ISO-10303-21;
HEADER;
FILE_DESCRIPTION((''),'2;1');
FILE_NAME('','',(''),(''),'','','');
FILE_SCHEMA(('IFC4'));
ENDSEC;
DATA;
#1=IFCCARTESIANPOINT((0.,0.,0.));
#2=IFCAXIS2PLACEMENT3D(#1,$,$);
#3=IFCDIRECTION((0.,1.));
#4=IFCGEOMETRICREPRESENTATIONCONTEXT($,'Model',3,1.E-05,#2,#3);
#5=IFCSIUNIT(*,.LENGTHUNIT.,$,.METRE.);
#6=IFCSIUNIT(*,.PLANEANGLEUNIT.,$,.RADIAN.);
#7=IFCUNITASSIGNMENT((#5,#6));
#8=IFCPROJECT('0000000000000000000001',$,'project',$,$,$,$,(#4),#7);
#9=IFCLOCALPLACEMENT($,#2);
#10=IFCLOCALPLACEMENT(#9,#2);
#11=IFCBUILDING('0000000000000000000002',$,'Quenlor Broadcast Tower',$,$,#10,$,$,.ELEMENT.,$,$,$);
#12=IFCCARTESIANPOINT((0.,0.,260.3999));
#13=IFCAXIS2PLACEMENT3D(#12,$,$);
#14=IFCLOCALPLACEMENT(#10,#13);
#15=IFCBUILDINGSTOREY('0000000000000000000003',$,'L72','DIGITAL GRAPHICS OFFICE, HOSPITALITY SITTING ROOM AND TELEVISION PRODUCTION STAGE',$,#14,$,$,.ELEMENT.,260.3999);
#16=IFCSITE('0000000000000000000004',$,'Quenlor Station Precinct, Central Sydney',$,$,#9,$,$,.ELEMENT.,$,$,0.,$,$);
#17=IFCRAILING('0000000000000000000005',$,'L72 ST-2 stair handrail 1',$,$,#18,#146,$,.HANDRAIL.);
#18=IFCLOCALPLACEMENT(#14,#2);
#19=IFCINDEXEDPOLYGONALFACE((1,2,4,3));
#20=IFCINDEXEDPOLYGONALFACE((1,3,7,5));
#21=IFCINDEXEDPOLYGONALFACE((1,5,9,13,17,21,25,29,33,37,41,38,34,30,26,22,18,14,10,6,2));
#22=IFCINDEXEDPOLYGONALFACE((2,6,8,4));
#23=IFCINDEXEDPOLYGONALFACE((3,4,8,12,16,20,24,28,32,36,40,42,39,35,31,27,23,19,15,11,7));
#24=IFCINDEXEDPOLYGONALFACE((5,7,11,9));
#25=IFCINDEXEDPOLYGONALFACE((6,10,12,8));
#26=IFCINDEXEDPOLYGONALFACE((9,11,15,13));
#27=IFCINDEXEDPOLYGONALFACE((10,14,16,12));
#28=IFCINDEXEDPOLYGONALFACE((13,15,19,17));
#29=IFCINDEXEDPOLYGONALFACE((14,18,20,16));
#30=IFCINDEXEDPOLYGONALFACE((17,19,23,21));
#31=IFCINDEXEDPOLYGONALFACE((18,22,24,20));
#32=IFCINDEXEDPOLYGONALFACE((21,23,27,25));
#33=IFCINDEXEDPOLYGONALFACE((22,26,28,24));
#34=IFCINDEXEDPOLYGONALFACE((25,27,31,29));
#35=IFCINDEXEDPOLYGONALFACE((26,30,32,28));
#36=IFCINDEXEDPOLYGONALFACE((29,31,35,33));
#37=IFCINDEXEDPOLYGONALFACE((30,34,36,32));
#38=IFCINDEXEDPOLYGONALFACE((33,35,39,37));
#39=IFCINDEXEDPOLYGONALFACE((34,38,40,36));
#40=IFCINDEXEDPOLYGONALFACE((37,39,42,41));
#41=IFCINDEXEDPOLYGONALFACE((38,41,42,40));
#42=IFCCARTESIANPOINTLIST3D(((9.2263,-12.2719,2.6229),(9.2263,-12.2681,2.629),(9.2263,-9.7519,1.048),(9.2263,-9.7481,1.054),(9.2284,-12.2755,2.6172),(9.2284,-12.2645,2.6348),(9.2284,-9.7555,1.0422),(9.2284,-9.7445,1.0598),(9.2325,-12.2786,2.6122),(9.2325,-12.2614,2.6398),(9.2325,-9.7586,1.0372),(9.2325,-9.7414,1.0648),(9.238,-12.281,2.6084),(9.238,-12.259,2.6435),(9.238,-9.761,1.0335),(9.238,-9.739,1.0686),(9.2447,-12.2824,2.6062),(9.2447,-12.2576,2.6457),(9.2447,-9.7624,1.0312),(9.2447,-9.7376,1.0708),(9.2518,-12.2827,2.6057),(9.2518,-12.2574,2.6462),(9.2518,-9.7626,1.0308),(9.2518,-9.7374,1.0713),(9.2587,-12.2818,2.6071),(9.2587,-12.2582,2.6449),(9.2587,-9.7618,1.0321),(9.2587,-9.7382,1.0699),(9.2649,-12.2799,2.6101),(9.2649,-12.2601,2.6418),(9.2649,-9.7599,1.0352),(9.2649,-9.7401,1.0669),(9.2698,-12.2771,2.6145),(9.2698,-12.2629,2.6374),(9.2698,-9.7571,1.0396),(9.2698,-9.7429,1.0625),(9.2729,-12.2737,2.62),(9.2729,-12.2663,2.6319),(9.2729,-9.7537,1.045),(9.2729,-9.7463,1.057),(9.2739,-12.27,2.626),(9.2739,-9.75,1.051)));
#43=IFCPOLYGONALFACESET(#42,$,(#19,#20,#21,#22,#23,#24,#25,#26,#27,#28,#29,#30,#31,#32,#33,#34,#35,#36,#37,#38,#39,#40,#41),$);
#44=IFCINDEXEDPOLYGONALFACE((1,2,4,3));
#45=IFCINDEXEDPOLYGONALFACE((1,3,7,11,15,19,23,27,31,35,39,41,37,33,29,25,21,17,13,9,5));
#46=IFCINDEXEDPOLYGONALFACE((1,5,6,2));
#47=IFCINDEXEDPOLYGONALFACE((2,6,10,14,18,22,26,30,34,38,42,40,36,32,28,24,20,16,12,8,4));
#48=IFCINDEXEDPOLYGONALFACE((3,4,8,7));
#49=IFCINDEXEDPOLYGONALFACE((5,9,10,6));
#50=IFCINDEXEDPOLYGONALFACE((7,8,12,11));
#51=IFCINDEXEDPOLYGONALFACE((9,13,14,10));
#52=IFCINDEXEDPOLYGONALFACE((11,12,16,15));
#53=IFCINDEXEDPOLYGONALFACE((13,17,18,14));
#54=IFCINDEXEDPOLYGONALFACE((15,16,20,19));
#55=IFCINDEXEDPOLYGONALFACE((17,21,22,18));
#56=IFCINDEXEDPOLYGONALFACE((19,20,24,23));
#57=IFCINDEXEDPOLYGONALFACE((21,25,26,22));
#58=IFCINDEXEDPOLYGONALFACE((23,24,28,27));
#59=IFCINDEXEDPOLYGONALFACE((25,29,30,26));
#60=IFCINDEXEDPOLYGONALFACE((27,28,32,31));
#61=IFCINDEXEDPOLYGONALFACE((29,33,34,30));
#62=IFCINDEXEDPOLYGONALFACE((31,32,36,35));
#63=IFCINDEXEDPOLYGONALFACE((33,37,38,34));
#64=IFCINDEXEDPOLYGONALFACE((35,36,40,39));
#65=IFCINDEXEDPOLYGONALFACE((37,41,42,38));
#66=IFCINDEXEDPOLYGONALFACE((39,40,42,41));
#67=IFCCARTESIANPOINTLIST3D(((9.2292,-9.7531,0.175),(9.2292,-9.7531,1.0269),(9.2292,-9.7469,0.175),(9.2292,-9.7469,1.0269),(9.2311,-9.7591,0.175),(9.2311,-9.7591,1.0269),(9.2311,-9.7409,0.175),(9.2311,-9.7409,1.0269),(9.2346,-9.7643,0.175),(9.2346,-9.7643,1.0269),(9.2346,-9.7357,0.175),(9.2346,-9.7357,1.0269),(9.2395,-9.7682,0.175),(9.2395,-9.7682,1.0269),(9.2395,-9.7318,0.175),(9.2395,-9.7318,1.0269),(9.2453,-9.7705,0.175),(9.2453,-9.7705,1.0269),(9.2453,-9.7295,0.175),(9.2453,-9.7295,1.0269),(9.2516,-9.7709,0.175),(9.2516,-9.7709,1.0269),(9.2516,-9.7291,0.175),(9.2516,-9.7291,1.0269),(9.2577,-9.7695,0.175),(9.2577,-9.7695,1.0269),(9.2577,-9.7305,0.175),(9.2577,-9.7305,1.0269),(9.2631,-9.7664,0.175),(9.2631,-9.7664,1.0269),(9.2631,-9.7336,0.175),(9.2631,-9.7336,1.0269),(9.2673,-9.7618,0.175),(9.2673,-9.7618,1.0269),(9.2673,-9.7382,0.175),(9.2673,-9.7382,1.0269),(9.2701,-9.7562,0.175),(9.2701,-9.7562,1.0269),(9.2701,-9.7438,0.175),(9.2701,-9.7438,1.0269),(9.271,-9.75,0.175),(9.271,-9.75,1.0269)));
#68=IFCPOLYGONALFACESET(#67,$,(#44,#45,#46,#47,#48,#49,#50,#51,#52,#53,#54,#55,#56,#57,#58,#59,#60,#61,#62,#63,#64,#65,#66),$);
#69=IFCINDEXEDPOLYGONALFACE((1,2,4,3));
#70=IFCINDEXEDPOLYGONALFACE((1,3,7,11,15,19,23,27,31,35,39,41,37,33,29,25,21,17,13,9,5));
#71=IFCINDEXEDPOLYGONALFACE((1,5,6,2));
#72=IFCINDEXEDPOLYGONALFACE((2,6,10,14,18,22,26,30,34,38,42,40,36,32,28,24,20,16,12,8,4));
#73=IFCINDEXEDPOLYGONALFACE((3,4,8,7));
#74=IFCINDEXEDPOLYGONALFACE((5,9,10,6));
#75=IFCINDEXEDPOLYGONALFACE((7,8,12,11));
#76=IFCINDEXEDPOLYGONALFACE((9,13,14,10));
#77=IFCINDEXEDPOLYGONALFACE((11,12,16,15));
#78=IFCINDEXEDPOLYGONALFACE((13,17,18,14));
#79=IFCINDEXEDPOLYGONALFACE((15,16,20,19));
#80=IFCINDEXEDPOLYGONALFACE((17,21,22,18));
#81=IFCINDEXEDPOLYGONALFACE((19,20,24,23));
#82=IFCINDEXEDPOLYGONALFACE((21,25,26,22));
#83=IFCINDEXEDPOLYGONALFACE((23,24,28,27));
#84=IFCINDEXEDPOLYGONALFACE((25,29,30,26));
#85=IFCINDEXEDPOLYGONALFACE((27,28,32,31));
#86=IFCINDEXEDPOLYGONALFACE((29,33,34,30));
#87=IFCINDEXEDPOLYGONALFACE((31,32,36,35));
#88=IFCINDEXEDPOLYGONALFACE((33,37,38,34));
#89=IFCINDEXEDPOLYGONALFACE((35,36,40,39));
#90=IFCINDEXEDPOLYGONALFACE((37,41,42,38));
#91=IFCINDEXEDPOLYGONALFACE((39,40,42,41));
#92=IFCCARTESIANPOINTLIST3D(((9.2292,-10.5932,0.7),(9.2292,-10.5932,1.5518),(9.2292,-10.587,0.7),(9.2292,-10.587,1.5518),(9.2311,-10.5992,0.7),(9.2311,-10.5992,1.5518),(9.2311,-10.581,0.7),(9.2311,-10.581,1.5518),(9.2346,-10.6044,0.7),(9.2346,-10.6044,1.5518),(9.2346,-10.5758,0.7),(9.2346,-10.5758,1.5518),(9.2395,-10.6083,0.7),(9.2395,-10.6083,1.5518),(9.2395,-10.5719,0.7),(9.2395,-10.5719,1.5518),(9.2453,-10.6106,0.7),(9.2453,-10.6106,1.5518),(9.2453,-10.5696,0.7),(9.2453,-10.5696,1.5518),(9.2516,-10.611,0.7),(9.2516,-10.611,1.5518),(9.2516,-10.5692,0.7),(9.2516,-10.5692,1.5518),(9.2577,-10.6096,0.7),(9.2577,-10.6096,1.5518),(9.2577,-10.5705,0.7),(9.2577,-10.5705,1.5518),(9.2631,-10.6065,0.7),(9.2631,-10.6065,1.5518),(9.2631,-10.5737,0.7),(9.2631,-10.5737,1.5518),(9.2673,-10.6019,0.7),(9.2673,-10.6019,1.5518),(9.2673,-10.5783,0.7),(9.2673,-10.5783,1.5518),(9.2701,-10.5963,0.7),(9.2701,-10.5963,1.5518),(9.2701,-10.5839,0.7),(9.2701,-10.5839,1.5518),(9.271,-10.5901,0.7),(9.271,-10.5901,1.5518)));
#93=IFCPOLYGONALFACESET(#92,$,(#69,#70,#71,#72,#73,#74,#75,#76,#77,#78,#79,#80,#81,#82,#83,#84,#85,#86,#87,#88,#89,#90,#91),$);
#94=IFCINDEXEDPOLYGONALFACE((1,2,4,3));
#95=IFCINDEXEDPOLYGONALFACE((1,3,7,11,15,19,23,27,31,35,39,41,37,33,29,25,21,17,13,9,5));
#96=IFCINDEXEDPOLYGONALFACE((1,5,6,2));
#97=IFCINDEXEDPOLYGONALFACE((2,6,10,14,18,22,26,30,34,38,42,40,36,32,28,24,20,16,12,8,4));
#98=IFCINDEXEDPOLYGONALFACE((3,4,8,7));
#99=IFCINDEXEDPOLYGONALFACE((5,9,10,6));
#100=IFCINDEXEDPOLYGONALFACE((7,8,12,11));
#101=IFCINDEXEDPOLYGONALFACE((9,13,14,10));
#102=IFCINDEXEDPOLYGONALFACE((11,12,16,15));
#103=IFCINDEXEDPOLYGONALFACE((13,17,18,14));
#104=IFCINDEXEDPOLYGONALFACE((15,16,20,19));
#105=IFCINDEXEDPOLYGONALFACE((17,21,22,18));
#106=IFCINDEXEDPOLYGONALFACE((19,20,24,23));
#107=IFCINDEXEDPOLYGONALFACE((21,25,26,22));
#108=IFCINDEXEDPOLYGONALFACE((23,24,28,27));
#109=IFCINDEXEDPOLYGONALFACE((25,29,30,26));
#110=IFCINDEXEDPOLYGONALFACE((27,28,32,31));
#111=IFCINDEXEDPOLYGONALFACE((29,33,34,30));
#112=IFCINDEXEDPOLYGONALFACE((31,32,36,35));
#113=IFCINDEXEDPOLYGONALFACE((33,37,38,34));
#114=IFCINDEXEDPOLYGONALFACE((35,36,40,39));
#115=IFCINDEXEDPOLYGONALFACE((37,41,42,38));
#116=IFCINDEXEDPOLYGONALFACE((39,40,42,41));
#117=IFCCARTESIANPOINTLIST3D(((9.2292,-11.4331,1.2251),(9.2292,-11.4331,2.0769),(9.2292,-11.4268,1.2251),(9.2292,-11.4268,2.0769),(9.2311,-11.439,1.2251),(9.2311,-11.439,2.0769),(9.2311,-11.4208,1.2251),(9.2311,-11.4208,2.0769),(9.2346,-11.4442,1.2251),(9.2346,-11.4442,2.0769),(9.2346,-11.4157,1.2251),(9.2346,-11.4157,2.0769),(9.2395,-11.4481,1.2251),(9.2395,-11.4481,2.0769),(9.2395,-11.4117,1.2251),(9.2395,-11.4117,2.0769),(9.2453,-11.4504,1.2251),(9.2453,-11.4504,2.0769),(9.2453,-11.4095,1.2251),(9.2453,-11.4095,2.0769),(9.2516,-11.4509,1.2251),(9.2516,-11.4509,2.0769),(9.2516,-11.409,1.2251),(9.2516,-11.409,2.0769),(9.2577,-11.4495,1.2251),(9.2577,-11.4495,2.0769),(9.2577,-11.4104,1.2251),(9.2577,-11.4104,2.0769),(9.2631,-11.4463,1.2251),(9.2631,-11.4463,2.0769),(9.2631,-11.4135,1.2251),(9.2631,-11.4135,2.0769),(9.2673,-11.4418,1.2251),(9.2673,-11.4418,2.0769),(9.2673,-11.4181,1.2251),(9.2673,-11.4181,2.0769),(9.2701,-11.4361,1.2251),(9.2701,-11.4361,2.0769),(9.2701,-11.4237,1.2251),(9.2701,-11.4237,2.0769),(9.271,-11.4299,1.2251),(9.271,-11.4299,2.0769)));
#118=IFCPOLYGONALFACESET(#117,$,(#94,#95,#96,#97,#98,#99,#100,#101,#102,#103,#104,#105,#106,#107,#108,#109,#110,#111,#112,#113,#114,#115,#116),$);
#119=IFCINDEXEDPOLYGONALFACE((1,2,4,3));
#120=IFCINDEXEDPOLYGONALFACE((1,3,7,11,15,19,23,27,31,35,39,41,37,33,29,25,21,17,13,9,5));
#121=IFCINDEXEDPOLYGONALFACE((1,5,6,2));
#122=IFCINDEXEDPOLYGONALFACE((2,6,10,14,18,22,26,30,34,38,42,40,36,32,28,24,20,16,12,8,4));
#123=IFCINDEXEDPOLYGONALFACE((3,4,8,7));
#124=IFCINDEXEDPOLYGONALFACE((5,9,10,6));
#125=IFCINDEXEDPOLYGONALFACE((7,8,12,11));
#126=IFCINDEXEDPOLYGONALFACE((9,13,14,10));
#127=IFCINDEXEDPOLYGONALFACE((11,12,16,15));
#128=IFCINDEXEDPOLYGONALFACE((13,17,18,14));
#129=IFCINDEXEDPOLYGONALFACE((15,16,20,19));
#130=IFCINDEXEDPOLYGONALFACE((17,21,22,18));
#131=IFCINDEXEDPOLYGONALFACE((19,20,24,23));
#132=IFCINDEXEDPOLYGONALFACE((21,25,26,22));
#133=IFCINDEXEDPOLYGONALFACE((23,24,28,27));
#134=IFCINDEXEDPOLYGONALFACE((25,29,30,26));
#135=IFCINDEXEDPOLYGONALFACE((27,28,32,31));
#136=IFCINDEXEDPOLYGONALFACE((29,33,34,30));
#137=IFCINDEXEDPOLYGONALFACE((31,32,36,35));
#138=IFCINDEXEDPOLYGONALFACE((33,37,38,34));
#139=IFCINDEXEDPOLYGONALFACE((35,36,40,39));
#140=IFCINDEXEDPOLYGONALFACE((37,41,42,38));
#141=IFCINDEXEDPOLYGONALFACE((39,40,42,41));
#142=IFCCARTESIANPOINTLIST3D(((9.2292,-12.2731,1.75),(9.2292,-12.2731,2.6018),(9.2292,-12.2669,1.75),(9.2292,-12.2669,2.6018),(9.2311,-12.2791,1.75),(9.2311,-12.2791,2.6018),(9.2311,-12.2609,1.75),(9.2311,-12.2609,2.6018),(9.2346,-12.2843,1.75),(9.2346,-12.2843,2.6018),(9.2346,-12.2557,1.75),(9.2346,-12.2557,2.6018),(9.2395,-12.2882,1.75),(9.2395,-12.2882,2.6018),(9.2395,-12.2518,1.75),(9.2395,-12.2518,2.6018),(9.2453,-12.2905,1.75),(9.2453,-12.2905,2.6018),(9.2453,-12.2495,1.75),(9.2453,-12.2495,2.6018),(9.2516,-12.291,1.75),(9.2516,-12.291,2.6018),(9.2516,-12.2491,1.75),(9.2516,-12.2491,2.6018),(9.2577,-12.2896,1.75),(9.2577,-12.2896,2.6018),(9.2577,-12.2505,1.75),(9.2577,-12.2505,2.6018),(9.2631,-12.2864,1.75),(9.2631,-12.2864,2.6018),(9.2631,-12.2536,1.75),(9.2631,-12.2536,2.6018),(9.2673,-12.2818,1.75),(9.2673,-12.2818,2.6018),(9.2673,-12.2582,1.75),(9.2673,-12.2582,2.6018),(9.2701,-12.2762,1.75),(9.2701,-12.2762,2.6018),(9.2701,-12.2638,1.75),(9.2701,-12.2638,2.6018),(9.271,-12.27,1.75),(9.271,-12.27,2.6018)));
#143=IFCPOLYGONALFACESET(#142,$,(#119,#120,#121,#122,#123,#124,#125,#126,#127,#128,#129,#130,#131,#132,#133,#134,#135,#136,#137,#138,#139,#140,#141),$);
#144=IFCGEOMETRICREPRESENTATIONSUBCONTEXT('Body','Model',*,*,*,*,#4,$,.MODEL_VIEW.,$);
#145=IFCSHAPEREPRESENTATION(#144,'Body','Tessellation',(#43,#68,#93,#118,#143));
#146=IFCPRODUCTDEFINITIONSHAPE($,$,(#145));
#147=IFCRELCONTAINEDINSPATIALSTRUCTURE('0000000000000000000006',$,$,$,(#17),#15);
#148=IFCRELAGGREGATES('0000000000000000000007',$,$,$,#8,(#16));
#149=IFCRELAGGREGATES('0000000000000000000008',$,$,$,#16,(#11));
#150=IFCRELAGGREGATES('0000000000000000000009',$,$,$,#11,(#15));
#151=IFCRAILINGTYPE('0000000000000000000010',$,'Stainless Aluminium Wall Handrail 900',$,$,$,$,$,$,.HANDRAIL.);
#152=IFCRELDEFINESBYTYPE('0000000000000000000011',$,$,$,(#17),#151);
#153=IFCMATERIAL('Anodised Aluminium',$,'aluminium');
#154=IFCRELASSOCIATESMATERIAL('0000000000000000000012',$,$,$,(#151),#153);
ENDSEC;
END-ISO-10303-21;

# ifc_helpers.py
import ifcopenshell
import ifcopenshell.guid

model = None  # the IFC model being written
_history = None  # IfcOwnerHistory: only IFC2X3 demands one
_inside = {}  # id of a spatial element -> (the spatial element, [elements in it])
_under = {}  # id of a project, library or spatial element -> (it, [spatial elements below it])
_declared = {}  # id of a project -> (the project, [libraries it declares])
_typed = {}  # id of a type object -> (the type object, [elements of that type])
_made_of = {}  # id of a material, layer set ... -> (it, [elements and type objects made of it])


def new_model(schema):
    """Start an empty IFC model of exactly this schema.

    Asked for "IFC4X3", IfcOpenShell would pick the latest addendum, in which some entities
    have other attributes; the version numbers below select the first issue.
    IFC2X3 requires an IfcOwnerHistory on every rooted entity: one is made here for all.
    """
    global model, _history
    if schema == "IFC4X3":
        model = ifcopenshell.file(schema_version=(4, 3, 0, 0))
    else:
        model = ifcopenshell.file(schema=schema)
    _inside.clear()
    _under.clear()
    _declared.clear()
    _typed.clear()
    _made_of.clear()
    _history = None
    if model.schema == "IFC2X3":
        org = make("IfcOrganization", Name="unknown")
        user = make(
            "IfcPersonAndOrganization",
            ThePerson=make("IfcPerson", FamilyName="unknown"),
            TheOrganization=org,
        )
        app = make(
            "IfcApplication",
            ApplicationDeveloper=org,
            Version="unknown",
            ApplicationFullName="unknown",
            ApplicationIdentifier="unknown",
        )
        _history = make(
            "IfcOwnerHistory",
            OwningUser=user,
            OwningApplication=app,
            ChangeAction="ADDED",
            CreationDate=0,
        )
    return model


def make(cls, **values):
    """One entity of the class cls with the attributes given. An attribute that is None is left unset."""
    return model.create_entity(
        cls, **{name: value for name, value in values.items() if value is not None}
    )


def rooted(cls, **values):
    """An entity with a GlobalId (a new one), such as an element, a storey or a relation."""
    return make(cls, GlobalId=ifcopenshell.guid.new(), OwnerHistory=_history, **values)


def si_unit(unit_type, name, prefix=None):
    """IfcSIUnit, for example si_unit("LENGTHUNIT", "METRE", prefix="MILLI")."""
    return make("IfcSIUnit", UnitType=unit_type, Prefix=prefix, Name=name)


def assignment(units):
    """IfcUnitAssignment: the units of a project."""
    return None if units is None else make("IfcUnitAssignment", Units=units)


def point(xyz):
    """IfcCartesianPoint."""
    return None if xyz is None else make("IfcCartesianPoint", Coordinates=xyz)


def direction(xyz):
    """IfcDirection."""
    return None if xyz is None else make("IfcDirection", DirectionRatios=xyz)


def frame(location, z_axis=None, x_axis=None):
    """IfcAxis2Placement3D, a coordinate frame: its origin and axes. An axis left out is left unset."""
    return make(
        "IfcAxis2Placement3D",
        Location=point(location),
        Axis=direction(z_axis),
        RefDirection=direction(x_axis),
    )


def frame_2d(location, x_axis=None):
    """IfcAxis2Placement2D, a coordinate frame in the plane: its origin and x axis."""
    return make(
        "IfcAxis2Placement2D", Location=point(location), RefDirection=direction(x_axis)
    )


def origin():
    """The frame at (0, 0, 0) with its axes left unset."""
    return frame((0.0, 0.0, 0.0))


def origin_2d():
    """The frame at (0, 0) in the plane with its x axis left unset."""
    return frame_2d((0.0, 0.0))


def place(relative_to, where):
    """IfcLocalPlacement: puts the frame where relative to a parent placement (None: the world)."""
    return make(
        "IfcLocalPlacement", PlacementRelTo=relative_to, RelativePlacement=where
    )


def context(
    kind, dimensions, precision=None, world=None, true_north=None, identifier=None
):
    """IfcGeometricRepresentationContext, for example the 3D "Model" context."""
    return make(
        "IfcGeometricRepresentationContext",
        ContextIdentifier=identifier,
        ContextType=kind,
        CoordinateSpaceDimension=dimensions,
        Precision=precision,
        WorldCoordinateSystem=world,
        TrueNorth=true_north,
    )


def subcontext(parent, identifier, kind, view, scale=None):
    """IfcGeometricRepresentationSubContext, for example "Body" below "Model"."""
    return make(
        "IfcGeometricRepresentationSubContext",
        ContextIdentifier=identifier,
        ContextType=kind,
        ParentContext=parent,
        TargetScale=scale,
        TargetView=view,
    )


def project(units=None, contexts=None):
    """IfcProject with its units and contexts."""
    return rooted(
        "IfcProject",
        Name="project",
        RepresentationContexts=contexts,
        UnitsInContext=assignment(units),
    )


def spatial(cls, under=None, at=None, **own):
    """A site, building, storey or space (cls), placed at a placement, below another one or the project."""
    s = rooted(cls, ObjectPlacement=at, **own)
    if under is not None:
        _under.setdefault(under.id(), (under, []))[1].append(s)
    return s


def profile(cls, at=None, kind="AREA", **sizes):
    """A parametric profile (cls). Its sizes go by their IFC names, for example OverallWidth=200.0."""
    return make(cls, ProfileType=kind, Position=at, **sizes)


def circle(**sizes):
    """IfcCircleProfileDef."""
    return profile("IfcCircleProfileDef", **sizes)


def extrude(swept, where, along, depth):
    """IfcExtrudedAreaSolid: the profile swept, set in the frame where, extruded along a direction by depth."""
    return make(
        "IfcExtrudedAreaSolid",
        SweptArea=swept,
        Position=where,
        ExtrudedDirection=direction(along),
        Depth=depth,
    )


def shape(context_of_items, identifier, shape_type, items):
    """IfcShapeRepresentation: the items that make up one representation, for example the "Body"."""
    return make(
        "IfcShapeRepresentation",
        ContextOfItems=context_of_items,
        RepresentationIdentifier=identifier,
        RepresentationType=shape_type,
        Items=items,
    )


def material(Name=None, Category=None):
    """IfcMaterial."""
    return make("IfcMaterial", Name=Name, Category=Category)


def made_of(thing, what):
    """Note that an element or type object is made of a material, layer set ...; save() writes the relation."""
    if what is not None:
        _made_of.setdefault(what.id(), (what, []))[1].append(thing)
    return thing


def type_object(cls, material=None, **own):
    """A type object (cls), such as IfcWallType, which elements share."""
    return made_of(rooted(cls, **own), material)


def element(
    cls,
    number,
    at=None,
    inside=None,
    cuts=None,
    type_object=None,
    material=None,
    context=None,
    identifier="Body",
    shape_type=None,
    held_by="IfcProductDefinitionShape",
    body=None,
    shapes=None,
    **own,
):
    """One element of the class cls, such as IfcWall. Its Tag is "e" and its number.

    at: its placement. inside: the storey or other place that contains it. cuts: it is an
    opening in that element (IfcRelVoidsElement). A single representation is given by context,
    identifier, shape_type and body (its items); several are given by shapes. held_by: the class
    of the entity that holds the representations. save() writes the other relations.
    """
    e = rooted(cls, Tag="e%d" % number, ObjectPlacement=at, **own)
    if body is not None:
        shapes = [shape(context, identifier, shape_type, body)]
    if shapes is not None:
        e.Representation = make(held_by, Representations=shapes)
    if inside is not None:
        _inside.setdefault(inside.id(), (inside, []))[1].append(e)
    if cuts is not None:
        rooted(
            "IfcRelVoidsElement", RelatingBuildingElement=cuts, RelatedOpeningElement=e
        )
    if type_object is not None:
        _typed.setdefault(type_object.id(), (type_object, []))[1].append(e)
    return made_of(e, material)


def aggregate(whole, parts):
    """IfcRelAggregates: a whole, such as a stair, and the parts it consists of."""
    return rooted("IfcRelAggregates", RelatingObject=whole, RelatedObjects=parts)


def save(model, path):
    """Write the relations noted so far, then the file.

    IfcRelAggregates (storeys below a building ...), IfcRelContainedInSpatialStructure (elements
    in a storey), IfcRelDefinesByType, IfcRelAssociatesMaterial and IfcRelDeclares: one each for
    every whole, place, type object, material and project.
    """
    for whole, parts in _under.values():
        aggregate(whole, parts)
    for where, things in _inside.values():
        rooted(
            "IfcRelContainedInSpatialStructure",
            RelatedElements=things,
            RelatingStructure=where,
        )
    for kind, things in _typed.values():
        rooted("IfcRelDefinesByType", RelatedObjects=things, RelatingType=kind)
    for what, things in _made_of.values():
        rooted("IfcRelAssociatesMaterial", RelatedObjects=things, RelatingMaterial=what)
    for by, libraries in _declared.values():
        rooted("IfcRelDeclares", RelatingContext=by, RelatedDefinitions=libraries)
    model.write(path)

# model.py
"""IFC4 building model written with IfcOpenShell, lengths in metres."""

from ifc_helpers import new_model, si_unit, direction, frame, origin, origin_2d, place, context, subcontext, project, spatial, circle, extrude, material, type_object, element, save


model = new_model("IFC4")

# Units and contexts
model_context = context("Model", 3, precision=1e-05, world=origin(), true_north=direction((0.0, 1.0)))
body_context = subcontext(model_context, "Body", "Model", "MODEL_VIEW")
ifc_project = project(units=[si_unit("LENGTHUNIT", "METRE"), si_unit("PLANEANGLEUNIT", "RADIAN")], contexts=[model_context])

# Site, building, storey
site_placement = place(None, origin())
site = spatial("IfcSite", under=ifc_project, at=site_placement, Name="Quenlor Station Precinct, Central Sydney", CompositionType="ELEMENT", RefElevation=0.0)
building_placement = place(site_placement, origin())
building = spatial("IfcBuilding", under=site, at=building_placement, Name="Quenlor Broadcast Tower", CompositionType="ELEMENT")
storey_placement = place(building_placement, frame((0.0, 0.0, 260.3999)))
storey = spatial("IfcBuildingStorey", under=building, at=storey_placement, Name="L72", Description="DIGITAL GRAPHICS OFFICE, HOSPITALITY SITTING ROOM AND TELEVISION PRODUCTION STAGE", CompositionType="ELEMENT", Elevation=260.3999)

# Railing
ifc_material_1 = material(Name="Anodised Aluminium", Category="aluminium")
railing_type_1 = type_object("IfcRailingType", Name="Stainless Aluminium Wall Handrail 900", PredefinedType="HANDRAIL", material=ifc_material_1)
railing_1_placement = place(storey_placement, frame((9.25, -9.75, 0.175)))
element("IfcRailing", 1, at=railing_1_placement, inside=storey, type_object=railing_type_1, Name="L72 ST-2 stair handrail 1", PredefinedType="HANDRAIL", context=body_context, shape_type="SweptSolid", body=[
    extrude(circle(Radius=0.0239, at=origin_2d()), frame((0.0, 0.0, 0.876), z_axis=(0.0, -0.848008, 0.529984), x_axis=(1.0, 0.0, 0.0)), (0.0, 0.0, 1.0), 2.9717),
    extrude(circle(Radius=0.021, at=origin_2d()), origin(), (0.0, 0.0, 1.0), 0.8518),
    extrude(circle(Radius=0.021, at=origin_2d()), frame((0.0, -0.8401, 0.5249)), (0.0, 0.0, 1.0), 0.8518),
    extrude(circle(Radius=0.021, at=origin_2d()), frame((0.0, -1.6799, 1.05)), (0.0, 0.0, 1.0), 0.8518),
    extrude(circle(Radius=0.021, at=origin_2d()), frame((0.0, -2.52, 1.575)), (0.0, 0.0, 1.0), 0.8518),
])

save(model, "model.ifc")
